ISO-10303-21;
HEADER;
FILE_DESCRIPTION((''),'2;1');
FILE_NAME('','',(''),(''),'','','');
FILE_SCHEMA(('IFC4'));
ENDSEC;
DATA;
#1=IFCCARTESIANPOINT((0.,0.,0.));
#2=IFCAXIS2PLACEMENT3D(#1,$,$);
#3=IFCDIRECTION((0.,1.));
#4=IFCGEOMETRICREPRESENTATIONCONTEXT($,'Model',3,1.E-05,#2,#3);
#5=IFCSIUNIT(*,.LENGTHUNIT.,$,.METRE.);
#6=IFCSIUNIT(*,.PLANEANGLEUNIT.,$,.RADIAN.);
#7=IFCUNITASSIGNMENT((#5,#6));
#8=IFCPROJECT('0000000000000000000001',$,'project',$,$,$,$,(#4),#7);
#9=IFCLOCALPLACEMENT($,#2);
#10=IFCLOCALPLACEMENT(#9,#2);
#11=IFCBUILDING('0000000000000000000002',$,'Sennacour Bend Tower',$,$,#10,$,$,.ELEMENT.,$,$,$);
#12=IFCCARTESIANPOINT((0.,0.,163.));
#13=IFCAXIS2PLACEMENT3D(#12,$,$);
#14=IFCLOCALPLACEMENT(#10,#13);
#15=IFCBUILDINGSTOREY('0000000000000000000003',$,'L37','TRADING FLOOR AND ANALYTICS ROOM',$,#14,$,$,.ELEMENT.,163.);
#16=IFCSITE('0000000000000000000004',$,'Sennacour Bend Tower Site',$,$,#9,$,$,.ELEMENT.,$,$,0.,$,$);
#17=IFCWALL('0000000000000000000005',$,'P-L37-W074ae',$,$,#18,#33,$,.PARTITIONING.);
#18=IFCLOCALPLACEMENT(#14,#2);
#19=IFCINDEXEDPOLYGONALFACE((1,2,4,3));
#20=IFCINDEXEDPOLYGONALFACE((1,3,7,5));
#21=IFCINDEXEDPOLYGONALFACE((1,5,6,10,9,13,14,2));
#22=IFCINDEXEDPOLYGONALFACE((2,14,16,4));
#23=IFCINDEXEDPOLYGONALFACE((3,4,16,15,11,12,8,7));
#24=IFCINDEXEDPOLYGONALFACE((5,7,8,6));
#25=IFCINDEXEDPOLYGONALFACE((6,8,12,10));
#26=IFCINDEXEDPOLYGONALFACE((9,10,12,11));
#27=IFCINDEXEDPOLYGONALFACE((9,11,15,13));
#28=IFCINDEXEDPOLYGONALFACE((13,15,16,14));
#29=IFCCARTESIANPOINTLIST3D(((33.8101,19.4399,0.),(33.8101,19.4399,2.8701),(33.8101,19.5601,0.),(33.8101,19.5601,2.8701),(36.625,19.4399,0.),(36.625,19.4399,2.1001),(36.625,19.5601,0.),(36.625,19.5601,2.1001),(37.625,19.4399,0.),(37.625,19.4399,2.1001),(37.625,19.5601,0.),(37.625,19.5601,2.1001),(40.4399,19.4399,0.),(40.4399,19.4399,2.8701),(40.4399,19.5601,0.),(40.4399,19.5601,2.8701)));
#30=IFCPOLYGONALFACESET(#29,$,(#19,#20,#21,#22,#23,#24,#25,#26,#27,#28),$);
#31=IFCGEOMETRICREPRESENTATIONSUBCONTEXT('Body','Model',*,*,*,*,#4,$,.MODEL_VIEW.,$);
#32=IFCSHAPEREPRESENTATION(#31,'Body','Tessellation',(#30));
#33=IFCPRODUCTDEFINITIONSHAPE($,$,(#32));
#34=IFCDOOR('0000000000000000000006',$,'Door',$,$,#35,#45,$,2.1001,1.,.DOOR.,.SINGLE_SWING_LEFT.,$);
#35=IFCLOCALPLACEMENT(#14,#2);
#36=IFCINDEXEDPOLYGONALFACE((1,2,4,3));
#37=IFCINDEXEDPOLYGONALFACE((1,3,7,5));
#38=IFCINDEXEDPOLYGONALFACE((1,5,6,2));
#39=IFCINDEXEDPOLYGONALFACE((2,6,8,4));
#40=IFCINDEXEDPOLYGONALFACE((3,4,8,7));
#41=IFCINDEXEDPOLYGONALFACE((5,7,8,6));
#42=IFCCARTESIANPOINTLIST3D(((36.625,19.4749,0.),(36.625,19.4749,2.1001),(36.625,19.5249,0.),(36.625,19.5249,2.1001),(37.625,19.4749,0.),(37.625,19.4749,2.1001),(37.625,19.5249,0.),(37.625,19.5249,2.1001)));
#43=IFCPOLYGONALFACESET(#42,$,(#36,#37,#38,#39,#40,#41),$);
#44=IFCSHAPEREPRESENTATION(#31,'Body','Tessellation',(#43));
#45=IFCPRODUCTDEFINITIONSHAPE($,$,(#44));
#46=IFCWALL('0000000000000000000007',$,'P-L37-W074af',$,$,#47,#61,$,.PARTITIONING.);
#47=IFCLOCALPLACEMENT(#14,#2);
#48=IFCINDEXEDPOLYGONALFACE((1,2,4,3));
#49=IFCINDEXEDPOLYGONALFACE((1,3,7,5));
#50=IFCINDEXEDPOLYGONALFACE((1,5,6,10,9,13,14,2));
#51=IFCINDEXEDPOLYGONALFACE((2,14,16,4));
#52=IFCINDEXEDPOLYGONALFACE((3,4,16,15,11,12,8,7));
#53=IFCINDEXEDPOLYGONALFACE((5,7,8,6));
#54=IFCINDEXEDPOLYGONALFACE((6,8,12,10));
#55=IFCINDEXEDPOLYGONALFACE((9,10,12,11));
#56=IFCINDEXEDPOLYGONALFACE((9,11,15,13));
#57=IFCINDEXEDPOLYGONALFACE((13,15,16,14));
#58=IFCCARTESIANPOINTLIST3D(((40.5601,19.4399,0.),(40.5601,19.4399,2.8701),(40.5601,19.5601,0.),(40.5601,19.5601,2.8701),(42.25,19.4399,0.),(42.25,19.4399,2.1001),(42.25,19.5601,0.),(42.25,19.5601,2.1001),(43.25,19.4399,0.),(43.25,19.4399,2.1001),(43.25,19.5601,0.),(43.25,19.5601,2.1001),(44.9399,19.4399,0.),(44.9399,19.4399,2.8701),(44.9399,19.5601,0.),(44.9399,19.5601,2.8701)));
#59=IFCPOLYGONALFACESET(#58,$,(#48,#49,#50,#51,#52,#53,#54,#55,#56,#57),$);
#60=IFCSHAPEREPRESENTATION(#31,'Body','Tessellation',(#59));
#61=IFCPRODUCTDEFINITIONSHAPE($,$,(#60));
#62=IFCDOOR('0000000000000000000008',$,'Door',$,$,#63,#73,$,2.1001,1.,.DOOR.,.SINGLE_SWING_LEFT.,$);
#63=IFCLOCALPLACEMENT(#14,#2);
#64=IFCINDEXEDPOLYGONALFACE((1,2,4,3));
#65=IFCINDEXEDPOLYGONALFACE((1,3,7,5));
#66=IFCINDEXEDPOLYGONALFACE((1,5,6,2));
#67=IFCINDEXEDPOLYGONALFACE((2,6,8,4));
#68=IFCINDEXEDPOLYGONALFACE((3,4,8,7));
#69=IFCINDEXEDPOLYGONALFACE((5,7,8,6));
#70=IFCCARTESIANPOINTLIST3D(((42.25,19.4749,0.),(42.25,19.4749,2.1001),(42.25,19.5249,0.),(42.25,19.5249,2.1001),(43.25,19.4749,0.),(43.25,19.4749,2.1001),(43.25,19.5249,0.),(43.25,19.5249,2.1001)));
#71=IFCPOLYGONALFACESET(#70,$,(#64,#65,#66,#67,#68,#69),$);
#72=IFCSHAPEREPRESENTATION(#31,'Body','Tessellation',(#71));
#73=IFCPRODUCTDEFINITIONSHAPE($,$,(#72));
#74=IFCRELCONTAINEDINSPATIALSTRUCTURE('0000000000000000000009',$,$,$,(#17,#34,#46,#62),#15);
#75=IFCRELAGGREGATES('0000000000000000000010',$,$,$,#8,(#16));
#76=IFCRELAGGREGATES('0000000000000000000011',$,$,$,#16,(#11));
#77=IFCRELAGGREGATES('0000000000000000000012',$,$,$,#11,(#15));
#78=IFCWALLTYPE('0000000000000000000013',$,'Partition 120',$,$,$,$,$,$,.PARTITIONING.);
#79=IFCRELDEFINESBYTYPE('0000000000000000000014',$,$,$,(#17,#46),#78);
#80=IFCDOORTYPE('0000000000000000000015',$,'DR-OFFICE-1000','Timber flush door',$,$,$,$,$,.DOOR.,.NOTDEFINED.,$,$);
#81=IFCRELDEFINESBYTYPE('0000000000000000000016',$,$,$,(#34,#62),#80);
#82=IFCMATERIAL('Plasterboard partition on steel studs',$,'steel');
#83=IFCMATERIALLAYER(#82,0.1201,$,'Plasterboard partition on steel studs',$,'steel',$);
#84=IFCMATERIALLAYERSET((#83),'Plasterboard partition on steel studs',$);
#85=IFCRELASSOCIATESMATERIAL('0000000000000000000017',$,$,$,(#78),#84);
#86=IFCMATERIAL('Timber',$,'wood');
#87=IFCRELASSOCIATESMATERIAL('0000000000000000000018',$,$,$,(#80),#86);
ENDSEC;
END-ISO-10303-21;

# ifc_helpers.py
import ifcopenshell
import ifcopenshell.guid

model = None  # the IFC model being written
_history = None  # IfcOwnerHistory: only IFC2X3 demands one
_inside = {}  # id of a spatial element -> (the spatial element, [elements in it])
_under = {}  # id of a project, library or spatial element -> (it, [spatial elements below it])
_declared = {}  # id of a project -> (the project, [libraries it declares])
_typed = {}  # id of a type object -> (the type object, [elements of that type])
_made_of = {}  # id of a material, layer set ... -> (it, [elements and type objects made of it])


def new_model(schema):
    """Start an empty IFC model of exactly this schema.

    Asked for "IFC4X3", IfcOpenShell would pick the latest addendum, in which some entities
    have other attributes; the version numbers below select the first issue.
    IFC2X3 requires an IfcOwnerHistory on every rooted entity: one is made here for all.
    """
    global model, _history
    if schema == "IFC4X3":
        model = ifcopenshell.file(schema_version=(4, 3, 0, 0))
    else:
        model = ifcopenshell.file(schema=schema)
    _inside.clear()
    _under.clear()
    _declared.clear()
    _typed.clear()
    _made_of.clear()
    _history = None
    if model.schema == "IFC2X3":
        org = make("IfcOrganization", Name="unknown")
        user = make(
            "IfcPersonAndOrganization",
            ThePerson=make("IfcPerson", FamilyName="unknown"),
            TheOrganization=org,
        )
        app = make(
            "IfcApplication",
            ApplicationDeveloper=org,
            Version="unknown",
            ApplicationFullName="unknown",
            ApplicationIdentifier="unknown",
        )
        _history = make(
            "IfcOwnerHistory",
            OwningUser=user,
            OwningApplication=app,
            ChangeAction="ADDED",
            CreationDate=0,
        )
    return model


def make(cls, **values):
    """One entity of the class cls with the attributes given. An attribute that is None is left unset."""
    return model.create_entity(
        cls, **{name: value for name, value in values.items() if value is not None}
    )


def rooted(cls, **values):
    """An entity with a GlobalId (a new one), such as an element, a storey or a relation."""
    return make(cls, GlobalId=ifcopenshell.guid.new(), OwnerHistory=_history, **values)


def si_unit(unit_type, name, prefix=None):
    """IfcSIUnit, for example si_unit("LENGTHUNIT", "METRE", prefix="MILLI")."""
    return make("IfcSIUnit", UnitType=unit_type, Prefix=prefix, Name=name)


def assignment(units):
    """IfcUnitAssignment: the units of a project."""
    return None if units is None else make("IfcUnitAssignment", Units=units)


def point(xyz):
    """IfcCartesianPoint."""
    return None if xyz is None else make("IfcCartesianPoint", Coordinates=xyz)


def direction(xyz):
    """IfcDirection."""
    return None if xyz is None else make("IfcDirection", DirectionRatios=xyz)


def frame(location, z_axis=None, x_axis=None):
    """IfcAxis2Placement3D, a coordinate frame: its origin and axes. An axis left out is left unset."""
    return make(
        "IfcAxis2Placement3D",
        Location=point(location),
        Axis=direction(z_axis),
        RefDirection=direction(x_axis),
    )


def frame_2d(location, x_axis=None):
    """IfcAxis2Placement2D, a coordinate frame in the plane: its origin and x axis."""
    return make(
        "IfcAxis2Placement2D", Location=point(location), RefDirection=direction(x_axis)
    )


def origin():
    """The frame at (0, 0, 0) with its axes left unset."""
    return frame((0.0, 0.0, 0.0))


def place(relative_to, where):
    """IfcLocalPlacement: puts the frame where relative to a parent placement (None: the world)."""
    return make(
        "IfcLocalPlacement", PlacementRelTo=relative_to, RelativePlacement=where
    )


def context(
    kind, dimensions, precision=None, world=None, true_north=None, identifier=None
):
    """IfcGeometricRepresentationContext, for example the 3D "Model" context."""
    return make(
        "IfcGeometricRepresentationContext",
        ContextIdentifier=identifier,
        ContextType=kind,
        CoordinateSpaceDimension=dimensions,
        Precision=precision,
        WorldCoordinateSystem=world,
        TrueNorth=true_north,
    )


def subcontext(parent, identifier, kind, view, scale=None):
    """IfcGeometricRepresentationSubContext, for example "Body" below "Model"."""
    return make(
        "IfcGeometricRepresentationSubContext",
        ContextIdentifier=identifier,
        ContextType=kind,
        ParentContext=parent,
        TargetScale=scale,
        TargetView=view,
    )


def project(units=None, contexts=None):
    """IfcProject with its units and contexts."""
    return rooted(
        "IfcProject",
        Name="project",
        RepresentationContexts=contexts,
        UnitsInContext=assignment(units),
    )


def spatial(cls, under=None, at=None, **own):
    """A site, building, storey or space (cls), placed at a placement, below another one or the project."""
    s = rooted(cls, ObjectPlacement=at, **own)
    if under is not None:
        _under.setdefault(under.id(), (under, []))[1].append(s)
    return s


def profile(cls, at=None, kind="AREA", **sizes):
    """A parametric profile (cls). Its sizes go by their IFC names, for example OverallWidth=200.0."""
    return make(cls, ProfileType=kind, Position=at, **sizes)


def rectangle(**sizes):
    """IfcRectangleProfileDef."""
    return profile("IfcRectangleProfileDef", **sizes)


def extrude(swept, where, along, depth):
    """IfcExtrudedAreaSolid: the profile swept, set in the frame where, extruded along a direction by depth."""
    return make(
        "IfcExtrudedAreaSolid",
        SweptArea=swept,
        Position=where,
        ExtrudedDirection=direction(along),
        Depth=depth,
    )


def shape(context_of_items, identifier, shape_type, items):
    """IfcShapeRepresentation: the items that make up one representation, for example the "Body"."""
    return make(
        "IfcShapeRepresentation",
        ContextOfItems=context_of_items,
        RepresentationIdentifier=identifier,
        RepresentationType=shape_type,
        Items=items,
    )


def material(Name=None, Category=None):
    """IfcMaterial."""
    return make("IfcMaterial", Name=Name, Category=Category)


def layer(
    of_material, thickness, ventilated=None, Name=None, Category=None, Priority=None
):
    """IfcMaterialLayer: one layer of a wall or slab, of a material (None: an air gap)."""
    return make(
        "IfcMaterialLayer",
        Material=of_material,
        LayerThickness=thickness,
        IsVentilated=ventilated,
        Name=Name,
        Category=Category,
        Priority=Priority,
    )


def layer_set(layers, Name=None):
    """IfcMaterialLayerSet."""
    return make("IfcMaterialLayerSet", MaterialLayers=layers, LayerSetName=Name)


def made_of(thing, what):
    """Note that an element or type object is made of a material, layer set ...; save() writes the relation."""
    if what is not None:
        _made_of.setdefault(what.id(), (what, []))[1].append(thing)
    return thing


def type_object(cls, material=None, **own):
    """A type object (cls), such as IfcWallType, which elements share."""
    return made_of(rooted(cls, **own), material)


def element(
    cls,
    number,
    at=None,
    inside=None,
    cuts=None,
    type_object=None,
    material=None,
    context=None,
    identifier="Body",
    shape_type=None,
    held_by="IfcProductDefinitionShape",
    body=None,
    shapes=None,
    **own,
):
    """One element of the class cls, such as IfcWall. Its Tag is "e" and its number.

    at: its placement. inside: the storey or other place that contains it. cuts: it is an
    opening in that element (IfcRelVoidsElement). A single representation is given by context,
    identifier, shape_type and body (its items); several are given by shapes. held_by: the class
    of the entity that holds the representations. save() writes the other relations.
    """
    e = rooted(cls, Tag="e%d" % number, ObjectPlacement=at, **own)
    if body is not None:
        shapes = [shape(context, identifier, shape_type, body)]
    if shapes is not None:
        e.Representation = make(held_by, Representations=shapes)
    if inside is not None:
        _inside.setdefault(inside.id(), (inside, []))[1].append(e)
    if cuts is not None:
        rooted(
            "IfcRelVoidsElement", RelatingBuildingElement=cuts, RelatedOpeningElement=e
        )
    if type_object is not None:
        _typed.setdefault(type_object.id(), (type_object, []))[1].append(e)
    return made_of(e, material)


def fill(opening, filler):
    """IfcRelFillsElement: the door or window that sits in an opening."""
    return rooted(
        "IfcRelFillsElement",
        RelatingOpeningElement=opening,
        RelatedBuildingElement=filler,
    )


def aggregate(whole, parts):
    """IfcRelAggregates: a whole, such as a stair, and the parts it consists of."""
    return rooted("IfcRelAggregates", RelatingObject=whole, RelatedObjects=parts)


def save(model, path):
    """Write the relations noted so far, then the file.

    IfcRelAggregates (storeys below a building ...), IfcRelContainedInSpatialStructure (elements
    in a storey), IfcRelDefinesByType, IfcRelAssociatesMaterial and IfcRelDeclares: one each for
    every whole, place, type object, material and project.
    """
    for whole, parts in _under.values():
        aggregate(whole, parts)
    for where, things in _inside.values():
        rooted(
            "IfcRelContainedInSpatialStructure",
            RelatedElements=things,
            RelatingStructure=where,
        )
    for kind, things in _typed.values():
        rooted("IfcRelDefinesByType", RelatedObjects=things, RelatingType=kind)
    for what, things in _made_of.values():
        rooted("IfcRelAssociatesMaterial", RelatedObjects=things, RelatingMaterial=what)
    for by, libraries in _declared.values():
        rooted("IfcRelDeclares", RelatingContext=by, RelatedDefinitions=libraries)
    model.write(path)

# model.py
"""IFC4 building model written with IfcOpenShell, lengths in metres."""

from ifc_helpers import new_model, si_unit, direction, frame, frame_2d, origin, place, context, subcontext, project, spatial, rectangle, extrude, material, layer, layer_set, type_object, element, fill, save


model = new_model("IFC4")

# Units and contexts
model_context = context("Model", 3, precision=1e-05, world=origin(), true_north=direction((0.0, 1.0)))
body_context = subcontext(model_context, "Body", "Model", "MODEL_VIEW")
ifc_project = project(units=[si_unit("LENGTHUNIT", "METRE"), si_unit("PLANEANGLEUNIT", "RADIAN")], contexts=[model_context])

# Site, building, storey
site_placement = place(None, origin())
site = spatial("IfcSite", under=ifc_project, at=site_placement, Name="Sennacour Bend Tower Site", CompositionType="ELEMENT", RefElevation=0.0)
building_placement = place(site_placement, origin())
building = spatial("IfcBuilding", under=site, at=building_placement, Name="Sennacour Bend Tower", CompositionType="ELEMENT")
storey_placement = place(building_placement, frame((0.0, 0.0, 163.0)))
storey = spatial("IfcBuildingStorey", under=building, at=storey_placement, Name="L37", Description="TRADING FLOOR AND ANALYTICS ROOM", CompositionType="ELEMENT", Elevation=163.0)

# Shared definitions
ifc_material_1 = material(Name="Plasterboard partition on steel studs", Category="steel")
ifc_layer = layer(ifc_material_1, 0.1201, Name="Plasterboard partition on steel studs", Category="steel")
ifc_layer_set = layer_set([ifc_layer], Name="Plasterboard partition on steel studs")
wall_type = type_object("IfcWallType", Name="Partition 120", PredefinedType="PARTITIONING", material=ifc_layer_set)

# Shared definitions
ifc_material_2 = material(Name="Timber", Category="wood")

# Shared definitions
door_type_1 = type_object("IfcDoorType", Name="DR-OFFICE-1000", Description="Timber flush door", OperationType="NOTDEFINED", PredefinedType="DOOR", material=ifc_material_2)

# Walls, openings, doors
wall_1_placement = place(storey_placement, frame((33.8101, 19.5, 0.0), z_axis=(0.0, 0.0, 1.0), x_axis=(1.0, 0.0, 0.0)))
wall_1 = element("IfcWall", 1, at=wall_1_placement, inside=storey, type_object=wall_type, Name="P-L37-W074ae", PredefinedType="PARTITIONING", context=body_context, shape_type="SweptSolid", body=[
    extrude(rectangle(XDim=6.6299, YDim=0.1201, at=frame_2d((3.3149, 0.0))), origin(), (0.0, 0.0, 1.0), 2.8701),
])
opening_1_placement = place(wall_1_placement, frame((2.8149, 0.0, 0.0)))
opening_1 = element("IfcOpeningElement", 2, at=opening_1_placement, cuts=wall_1, PredefinedType="OPENING", context=body_context, shape_type="SweptSolid", body=[
    extrude(rectangle(XDim=1.0, YDim=2.1001, at=frame_2d((0.5, 1.05))), frame((0.0, 0.0701, 0.0), z_axis=(0.0, -1.0, 0.0), x_axis=(1.0, 0.0, 0.0)), (0.0, 0.0, 1.0), 0.1401),
])
door_1_placement = place(opening_1_placement, origin())
door_1 = element("IfcDoor", 3, at=door_1_placement, inside=storey, type_object=door_type_1, Name="Door", OperationType="SINGLE_SWING_LEFT", OverallHeight=2.1001, OverallWidth=1.0, PredefinedType="DOOR", context=body_context, shape_type="SweptSolid", body=[
    extrude(rectangle(XDim=1.0, YDim=2.1001, at=frame_2d((0.5, 1.05))), frame((0.0, 0.0249, 0.0), z_axis=(0.0, -1.0, 0.0), x_axis=(1.0, 0.0, 0.0)), (0.0, 0.0, 1.0), 0.05),
])
fill(opening_1, door_1)
wall_2_placement = place(storey_placement, frame((40.5601, 19.5, 0.0), z_axis=(0.0, 0.0, 1.0), x_axis=(1.0, 0.0, 0.0)))
wall_2 = element("IfcWall", 4, at=wall_2_placement, inside=storey, type_object=wall_type, Name="P-L37-W074af", PredefinedType="PARTITIONING", context=body_context, shape_type="SweptSolid", body=[
    extrude(rectangle(XDim=4.3799, YDim=0.1201, at=frame_2d((2.1899, 0.0))), origin(), (0.0, 0.0, 1.0), 2.8701),
])
opening_2_placement = place(wall_2_placement, frame((1.6899, 0.0, 0.0)))
opening_2 = element("IfcOpeningElement", 5, at=opening_2_placement, cuts=wall_2, PredefinedType="OPENING", context=body_context, shape_type="SweptSolid", body=[
    extrude(rectangle(XDim=1.0, YDim=2.1001, at=frame_2d((0.5, 1.05))), frame((0.0, 0.0701, 0.0), z_axis=(0.0, -1.0, 0.0), x_axis=(1.0, 0.0, 0.0)), (0.0, 0.0, 1.0), 0.1401),
])
door_2_placement = place(opening_2_placement, origin())
door_2 = element("IfcDoor", 6, at=door_2_placement, inside=storey, type_object=door_type_1, Name="Door", OperationType="SINGLE_SWING_LEFT", OverallHeight=2.1001, OverallWidth=1.0, PredefinedType="DOOR", context=body_context, shape_type="SweptSolid", body=[
    extrude(rectangle(XDim=1.0, YDim=2.1001, at=frame_2d((0.5, 1.05))), frame((0.0, 0.0249, 0.0), z_axis=(0.0, -1.0, 0.0), x_axis=(1.0, 0.0, 0.0)), (0.0, 0.0, 1.0), 0.05),
])
fill(opening_2, door_2)

save(model, "model.ifc")
